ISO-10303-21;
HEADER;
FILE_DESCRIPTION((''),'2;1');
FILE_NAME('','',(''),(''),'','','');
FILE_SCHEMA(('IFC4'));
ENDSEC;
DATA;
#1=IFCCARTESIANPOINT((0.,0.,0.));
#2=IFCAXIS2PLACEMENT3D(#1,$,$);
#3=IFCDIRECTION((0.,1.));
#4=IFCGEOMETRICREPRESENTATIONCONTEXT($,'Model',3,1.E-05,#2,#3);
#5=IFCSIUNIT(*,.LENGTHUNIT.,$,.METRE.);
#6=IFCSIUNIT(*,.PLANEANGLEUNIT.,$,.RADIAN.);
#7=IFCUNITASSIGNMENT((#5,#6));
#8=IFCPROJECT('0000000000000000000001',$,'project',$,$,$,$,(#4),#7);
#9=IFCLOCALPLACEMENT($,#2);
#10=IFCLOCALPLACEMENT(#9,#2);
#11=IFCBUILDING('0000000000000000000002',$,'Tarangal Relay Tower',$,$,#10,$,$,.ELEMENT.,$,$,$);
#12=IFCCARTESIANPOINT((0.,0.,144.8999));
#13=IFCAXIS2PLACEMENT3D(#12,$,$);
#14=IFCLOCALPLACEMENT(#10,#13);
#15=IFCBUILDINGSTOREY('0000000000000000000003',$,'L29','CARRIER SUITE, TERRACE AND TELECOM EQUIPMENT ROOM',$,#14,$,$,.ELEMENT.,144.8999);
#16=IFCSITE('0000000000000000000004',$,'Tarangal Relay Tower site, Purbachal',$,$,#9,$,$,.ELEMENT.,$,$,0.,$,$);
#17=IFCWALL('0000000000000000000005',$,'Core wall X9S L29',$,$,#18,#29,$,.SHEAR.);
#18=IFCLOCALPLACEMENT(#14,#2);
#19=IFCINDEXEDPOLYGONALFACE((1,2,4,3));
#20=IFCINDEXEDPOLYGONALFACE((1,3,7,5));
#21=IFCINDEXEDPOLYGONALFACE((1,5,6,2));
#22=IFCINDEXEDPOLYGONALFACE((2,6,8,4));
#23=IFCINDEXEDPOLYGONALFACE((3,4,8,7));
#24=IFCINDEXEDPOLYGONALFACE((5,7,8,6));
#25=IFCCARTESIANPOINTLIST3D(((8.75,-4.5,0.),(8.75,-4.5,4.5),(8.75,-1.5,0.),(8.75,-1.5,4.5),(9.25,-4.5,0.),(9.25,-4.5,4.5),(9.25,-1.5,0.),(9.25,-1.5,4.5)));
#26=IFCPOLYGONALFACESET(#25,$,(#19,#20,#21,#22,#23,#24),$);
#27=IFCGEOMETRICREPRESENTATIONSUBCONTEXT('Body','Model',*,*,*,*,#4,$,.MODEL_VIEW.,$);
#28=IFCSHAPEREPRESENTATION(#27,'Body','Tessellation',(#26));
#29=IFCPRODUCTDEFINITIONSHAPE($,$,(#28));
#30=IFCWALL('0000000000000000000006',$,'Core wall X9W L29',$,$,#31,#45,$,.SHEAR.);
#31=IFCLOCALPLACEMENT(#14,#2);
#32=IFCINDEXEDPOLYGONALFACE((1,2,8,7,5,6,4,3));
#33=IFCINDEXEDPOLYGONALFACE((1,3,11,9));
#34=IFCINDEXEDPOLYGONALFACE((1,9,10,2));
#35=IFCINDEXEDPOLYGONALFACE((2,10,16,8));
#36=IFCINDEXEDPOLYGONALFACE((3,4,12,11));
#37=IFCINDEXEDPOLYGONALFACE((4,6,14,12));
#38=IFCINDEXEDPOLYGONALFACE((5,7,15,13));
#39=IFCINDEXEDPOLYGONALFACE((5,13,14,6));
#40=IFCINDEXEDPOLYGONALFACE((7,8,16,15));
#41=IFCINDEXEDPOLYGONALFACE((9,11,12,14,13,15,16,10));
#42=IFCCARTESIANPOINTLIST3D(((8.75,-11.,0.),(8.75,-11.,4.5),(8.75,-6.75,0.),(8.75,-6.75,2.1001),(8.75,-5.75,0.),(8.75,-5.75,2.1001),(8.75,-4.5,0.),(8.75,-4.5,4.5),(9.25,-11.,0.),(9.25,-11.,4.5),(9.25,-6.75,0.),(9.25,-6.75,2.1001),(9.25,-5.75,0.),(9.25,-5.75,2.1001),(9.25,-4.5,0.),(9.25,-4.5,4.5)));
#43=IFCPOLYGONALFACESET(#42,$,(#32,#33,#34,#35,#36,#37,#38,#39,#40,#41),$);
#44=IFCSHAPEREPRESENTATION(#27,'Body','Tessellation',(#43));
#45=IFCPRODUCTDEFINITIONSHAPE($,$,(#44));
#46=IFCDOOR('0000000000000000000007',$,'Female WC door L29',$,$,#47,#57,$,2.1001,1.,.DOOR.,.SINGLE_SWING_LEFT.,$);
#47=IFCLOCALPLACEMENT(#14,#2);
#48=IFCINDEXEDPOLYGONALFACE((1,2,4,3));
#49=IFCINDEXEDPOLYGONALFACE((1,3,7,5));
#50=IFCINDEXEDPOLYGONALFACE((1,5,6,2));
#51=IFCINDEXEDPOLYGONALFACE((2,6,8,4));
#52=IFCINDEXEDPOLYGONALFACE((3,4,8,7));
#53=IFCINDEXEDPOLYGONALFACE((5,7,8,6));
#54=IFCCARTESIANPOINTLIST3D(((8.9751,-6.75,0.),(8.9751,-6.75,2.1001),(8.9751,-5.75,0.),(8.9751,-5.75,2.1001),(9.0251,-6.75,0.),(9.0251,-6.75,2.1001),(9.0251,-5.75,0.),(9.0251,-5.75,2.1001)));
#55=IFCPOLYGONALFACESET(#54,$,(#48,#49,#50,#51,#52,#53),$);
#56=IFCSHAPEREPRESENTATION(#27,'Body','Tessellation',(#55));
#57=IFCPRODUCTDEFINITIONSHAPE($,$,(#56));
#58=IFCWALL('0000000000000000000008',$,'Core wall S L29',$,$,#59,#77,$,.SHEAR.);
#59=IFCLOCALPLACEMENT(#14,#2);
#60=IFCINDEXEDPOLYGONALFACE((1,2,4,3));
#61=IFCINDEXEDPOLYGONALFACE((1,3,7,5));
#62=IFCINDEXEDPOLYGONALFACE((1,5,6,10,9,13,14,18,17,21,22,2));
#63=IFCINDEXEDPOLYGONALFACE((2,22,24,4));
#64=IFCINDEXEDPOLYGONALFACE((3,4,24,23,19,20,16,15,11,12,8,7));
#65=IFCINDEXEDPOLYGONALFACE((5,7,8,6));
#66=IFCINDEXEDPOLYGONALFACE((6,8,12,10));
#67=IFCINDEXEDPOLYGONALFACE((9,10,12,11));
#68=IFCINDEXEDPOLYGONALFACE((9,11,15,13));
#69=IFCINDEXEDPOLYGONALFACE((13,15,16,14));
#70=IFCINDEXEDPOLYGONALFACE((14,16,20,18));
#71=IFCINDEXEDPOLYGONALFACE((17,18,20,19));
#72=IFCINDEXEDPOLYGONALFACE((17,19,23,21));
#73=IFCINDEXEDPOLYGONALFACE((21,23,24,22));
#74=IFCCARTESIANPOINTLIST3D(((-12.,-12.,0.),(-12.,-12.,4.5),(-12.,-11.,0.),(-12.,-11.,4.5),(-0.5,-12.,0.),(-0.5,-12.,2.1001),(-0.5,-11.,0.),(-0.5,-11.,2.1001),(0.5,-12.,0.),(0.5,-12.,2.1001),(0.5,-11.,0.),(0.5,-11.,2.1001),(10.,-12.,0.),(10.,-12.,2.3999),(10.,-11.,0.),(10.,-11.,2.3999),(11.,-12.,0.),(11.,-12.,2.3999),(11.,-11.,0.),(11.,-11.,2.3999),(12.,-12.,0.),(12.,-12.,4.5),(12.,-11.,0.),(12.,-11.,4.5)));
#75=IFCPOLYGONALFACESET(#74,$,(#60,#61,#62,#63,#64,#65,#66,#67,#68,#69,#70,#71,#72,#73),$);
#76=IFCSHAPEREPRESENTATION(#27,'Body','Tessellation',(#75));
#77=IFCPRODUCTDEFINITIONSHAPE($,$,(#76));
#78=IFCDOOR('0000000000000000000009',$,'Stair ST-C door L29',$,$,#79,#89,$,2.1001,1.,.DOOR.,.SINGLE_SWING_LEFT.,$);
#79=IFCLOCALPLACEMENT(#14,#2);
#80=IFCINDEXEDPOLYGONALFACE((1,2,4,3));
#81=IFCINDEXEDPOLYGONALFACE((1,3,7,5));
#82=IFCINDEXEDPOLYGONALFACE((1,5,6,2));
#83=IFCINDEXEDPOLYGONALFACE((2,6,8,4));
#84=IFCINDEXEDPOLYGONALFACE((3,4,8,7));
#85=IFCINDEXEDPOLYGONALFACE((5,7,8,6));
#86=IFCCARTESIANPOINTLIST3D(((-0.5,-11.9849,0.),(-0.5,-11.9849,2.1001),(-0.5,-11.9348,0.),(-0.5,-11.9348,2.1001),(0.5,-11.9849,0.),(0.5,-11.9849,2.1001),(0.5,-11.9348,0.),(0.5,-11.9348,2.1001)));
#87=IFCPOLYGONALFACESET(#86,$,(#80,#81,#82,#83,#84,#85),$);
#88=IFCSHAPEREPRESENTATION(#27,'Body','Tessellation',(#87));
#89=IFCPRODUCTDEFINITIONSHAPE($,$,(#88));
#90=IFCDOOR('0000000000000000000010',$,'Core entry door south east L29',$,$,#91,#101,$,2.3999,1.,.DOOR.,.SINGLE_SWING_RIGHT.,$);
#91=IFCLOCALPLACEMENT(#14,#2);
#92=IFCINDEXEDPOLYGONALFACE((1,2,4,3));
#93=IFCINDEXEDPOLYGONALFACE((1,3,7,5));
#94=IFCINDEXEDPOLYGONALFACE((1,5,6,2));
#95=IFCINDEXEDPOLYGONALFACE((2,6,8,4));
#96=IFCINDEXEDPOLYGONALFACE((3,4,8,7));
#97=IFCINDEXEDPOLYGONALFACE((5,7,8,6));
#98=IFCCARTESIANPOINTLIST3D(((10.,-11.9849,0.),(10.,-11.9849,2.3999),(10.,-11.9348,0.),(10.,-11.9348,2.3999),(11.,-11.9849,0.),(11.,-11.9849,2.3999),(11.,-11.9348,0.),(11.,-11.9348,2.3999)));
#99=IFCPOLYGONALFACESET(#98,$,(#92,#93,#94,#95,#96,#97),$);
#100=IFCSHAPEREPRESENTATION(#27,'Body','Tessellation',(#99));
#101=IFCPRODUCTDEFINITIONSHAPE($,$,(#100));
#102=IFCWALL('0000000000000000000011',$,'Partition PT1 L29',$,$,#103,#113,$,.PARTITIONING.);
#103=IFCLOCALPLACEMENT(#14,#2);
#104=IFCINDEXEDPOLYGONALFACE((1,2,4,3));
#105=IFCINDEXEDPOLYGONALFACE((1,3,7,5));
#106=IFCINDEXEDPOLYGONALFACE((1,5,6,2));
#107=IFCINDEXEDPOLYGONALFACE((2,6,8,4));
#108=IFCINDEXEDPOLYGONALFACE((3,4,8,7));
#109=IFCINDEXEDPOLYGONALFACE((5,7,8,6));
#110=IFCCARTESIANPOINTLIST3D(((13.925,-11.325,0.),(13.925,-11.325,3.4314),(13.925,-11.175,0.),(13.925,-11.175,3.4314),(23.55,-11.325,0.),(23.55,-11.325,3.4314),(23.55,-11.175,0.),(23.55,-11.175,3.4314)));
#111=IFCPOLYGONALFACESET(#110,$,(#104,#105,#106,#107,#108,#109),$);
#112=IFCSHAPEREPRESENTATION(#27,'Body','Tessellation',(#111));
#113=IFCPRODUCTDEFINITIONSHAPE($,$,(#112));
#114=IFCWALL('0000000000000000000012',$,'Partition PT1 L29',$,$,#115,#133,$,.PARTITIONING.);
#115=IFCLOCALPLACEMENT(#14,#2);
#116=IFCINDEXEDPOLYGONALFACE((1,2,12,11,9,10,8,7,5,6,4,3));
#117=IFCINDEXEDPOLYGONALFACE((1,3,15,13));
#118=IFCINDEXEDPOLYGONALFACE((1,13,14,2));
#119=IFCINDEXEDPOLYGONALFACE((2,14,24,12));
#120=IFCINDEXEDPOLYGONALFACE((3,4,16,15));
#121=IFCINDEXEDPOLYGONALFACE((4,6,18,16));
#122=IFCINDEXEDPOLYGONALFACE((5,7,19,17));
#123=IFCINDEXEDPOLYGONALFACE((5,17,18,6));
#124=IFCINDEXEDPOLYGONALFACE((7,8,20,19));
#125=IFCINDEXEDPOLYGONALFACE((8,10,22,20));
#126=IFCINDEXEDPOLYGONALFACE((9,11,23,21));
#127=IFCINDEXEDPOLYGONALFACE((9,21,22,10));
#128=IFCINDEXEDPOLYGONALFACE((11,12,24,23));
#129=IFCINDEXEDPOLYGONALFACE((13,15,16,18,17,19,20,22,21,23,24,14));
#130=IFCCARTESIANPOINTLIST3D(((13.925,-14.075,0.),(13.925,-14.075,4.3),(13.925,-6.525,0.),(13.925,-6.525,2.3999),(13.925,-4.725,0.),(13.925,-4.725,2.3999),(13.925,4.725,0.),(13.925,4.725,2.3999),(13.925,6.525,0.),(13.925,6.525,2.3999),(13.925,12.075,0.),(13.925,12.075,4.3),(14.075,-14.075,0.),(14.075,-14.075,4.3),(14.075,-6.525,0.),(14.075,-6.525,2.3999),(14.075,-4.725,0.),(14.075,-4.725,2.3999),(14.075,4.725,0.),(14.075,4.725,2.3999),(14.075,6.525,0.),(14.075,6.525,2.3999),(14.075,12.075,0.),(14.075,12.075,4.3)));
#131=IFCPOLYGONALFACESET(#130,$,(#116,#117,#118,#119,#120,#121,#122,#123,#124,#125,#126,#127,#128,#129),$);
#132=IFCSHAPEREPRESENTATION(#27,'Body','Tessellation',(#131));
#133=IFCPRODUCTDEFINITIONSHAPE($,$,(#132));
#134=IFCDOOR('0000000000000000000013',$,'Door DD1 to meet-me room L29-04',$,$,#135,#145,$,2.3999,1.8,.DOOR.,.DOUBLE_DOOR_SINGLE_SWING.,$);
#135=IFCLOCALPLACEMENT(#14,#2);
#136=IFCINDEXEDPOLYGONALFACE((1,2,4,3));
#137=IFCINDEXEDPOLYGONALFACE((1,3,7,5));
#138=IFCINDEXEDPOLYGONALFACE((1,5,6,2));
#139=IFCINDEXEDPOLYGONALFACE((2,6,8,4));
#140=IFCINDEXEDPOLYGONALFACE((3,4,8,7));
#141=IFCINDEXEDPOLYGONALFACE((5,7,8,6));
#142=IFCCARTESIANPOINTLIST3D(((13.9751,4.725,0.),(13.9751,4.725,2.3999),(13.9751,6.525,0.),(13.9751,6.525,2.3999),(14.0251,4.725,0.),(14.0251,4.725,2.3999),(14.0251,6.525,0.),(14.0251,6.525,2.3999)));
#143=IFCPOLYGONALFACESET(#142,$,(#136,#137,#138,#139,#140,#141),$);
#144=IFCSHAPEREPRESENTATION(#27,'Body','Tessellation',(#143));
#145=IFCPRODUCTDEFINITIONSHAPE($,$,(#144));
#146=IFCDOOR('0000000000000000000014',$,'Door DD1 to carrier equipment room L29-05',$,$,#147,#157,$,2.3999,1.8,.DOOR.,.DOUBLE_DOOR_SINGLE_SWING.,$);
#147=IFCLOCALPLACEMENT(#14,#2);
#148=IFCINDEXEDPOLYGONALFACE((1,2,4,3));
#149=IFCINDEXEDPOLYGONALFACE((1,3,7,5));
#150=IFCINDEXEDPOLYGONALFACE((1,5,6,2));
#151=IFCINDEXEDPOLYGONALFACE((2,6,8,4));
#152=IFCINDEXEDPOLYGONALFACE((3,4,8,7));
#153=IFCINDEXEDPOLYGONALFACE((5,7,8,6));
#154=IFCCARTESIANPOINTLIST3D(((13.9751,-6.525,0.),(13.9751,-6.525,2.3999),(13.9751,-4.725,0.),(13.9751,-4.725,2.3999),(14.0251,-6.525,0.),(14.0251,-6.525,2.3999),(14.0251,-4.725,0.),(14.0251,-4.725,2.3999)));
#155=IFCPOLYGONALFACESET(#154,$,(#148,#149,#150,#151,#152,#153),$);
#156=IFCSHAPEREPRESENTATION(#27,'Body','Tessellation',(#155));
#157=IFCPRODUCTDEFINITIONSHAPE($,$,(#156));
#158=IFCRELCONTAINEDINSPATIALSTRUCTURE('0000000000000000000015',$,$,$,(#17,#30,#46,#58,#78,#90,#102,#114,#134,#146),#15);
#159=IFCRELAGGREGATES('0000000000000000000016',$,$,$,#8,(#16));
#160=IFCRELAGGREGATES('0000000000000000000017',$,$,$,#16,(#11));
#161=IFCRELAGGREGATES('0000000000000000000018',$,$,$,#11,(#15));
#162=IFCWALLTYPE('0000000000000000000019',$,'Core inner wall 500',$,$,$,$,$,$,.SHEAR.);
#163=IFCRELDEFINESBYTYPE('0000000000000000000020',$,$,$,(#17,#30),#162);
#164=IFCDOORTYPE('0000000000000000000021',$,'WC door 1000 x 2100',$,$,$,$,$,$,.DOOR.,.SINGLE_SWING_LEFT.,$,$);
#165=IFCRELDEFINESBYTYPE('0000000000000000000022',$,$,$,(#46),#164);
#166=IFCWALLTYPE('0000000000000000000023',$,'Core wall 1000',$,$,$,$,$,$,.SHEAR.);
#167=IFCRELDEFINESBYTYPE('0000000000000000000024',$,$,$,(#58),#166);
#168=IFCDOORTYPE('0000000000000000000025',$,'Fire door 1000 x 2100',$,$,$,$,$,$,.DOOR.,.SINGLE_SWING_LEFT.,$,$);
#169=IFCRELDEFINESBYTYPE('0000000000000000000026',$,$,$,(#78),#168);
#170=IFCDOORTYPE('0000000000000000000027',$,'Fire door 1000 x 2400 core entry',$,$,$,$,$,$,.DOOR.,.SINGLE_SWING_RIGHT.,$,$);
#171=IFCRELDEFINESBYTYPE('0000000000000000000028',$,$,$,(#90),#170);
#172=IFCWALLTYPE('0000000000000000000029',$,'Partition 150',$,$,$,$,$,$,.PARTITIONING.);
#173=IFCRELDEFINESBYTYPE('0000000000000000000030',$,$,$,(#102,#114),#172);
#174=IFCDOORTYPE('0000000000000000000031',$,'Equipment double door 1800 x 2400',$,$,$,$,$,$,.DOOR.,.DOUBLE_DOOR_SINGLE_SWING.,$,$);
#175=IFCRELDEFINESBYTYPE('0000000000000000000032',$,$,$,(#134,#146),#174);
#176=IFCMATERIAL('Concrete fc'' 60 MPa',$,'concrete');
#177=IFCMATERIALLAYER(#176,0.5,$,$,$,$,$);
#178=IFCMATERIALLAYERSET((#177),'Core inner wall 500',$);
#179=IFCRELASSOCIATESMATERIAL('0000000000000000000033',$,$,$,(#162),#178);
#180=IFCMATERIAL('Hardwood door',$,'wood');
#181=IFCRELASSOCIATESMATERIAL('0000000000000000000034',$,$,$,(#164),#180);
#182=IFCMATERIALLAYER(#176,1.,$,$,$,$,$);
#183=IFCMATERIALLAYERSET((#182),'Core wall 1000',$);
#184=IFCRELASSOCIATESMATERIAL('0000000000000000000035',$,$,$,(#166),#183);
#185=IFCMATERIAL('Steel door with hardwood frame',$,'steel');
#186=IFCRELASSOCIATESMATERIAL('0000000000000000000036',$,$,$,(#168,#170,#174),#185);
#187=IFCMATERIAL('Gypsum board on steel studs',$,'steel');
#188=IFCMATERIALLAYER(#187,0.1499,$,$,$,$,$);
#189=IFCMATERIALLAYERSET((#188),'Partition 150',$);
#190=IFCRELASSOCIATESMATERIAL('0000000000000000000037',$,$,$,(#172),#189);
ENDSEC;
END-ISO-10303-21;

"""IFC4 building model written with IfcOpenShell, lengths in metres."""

from ifc_helpers import new_model, si_unit, direction, frame, frame_2d, origin, place, context, subcontext, project, spatial, rectangle, extrude, material, layer, layer_set, type_object, element, fill, save


model = new_model("IFC4")

# Units and contexts
model_context = context("Model", 3, precision=1e-05, world=origin(), true_north=direction((0.0, 1.0)))
body_context = subcontext(model_context, "Body", "Model", "MODEL_VIEW")
ifc_project = project(units=[si_unit("LENGTHUNIT", "METRE"), si_unit("PLANEANGLEUNIT", "RADIAN")], contexts=[model_context])

# Site, building, storey
site_placement = place(None, origin())
site = spatial("IfcSite", under=ifc_project, at=site_placement, Name="Tarangal Relay Tower site, Purbachal", CompositionType="ELEMENT", RefElevation=0.0)
building_placement = place(site_placement, origin())
building = spatial("IfcBuilding", under=site, at=building_placement, Name="Tarangal Relay Tower", CompositionType="ELEMENT")
storey_placement = place(building_placement, frame((0.0, 0.0, 144.8999)))
storey = spatial("IfcBuildingStorey", under=building, at=storey_placement, Name="L29", Description="CARRIER SUITE, TERRACE AND TELECOM EQUIPMENT ROOM", CompositionType="ELEMENT", Elevation=144.8999)

# Wall
ifc_material_1 = material(Name="Concrete fc' 60 MPa", Category="concrete")
ifc_layer_1 = layer(ifc_material_1, 0.5)
ifc_layer_set_1 = layer_set([ifc_layer_1], Name="Core inner wall 500")
wall_type_1 = type_object("IfcWallType", Name="Core inner wall 500", PredefinedType="SHEAR", material=ifc_layer_set_1)
wall_1_placement = place(storey_placement, frame((9.0, -4.5, 0.0), z_axis=(0.0, 0.0, 1.0), x_axis=(0.0, 1.0, 0.0)))
element("IfcWall", 1, at=wall_1_placement, inside=storey, type_object=wall_type_1, Name="Core wall X9S L29", PredefinedType="SHEAR", context=body_context, shape_type="SweptSolid", body=[
    extrude(rectangle(XDim=3.0, YDim=0.5, at=frame_2d((1.5, 0.0))), origin(), (0.0, 0.0, 1.0), 4.5),
])

# Wall, opening, door
wall_2_placement = place(storey_placement, frame((9.0, -11.0, 0.0), z_axis=(0.0, 0.0, 1.0), x_axis=(0.0, 1.0, 0.0)))
wall_2 = element("IfcWall", 2, at=wall_2_placement, inside=storey, type_object=wall_type_1, Name="Core wall X9W L29", PredefinedType="SHEAR", context=body_context, shape_type="SweptSolid", body=[
    extrude(rectangle(XDim=6.5, YDim=0.5, at=frame_2d((3.25, 0.0))), origin(), (0.0, 0.0, 1.0), 4.5),
])
opening_1_placement = place(wall_2_placement, frame((4.25, 0.0, 0.0)))
opening_1 = element("IfcOpeningElement", 3, at=opening_1_placement, cuts=wall_2, PredefinedType="OPENING", context=body_context, shape_type="SweptSolid", body=[
    extrude(rectangle(XDim=1.0, YDim=2.1001, at=frame_2d((0.5, 1.05))), frame((0.0, 0.26, 0.0), z_axis=(0.0, -1.0, 0.0), x_axis=(1.0, 0.0, 0.0)), (0.0, 0.0, 1.0), 0.52),
])
ifc_material_2 = material(Name="Hardwood door", Category="wood")
door_type_1 = type_object("IfcDoorType", Name="WC door 1000 x 2100", OperationType="SINGLE_SWING_LEFT", PredefinedType="DOOR", material=ifc_material_2)
door_1_placement = place(opening_1_placement, origin())
door_1 = element("IfcDoor", 4, at=door_1_placement, inside=storey, type_object=door_type_1, Name="Female WC door L29", OperationType="SINGLE_SWING_LEFT", OverallHeight=2.1001, OverallWidth=1.0, PredefinedType="DOOR", context=body_context, shape_type="SweptSolid", body=[
    extrude(rectangle(XDim=1.0, YDim=2.1001, at=frame_2d((0.5, 1.05))), frame((0.0, 0.0249, 0.0), z_axis=(0.0, -1.0, 0.0), x_axis=(1.0, 0.0, 0.0)), (0.0, 0.0, 1.0), 0.05),
])
fill(opening_1, door_1)

# Wall, openings, doors
ifc_layer_2 = layer(ifc_material_1, 1.0)
ifc_layer_set_2 = layer_set([ifc_layer_2], Name="Core wall 1000")
wall_type_2 = type_object("IfcWallType", Name="Core wall 1000", PredefinedType="SHEAR", material=ifc_layer_set_2)
wall_3_placement = place(storey_placement, frame((12.0, -11.5, 0.0), z_axis=(0.0, 0.0, 1.0), x_axis=(-1.0, 0.0, 0.0)))
wall_3 = element("IfcWall", 5, at=wall_3_placement, inside=storey, type_object=wall_type_2, Name="Core wall S L29", PredefinedType="SHEAR", context=body_context, shape_type="SweptSolid", body=[
    extrude(rectangle(XDim=24.0, YDim=1.0, at=frame_2d((12.0, 0.0))), origin(), (0.0, 0.0, 1.0), 4.5),
])
opening_2_placement = place(wall_3_placement, frame((11.5, 0.0, 0.0)))
opening_2 = element("IfcOpeningElement", 6, at=opening_2_placement, cuts=wall_3, PredefinedType="OPENING", context=body_context, shape_type="SweptSolid", body=[
    extrude(rectangle(XDim=1.0, YDim=2.1001, at=frame_2d((0.5, 1.05))), frame((0.0, 0.51, 0.0), z_axis=(0.0, -1.0, 0.0), x_axis=(1.0, 0.0, 0.0)), (0.0, 0.0, 1.0), 1.02),
])
opening_3_placement = place(wall_3_placement, frame((1.0, 0.0, 0.0)))
opening_3 = element("IfcOpeningElement", 7, at=opening_3_placement, cuts=wall_3, PredefinedType="OPENING", context=body_context, shape_type="SweptSolid", body=[
    extrude(rectangle(XDim=1.0, YDim=2.3999, at=frame_2d((0.5, 1.2))), frame((0.0, 0.51, 0.0), z_axis=(0.0, -1.0, 0.0), x_axis=(1.0, 0.0, 0.0)), (0.0, 0.0, 1.0), 1.02),
])
ifc_material_3 = material(Name="Steel door with hardwood frame", Category="steel")
door_type_2 = type_object("IfcDoorType", Name="Fire door 1000 x 2100", OperationType="SINGLE_SWING_LEFT", PredefinedType="DOOR", material=ifc_material_3)
door_2_placement = place(opening_2_placement, origin())
door_2 = element("IfcDoor", 8, at=door_2_placement, inside=storey, type_object=door_type_2, Name="Stair ST-C door L29", OperationType="SINGLE_SWING_LEFT", OverallHeight=2.1001, OverallWidth=1.0, PredefinedType="DOOR", context=body_context, shape_type="SweptSolid", body=[
    extrude(rectangle(XDim=1.0, YDim=2.1001, at=frame_2d((0.5, 1.05))), frame((0.0, 0.4849, 0.0), z_axis=(0.0, -1.0, 0.0), x_axis=(1.0, 0.0, 0.0)), (0.0, 0.0, 1.0), 0.05),
])
fill(opening_2, door_2)
door_type_3 = type_object("IfcDoorType", Name="Fire door 1000 x 2400 core entry", OperationType="SINGLE_SWING_RIGHT", PredefinedType="DOOR", material=ifc_material_3)
door_3_placement = place(opening_3_placement, origin())
door_3 = element("IfcDoor", 9, at=door_3_placement, inside=storey, type_object=door_type_3, Name="Core entry door south east L29", OperationType="SINGLE_SWING_RIGHT", OverallHeight=2.3999, OverallWidth=1.0, PredefinedType="DOOR", context=body_context, shape_type="SweptSolid", body=[
    extrude(rectangle(XDim=1.0, YDim=2.3999, at=frame_2d((0.5, 1.2))), frame((0.0, 0.4849, 0.0), z_axis=(0.0, -1.0, 0.0), x_axis=(1.0, 0.0, 0.0)), (0.0, 0.0, 1.0), 0.05),
])
fill(opening_3, door_3)

# Wall
ifc_material_4 = material(Name="Gypsum board on steel studs", Category="steel")
ifc_layer_3 = layer(ifc_material_4, 0.1499)
ifc_layer_set_3 = layer_set([ifc_layer_3], Name="Partition 150")
wall_type_3 = type_object("IfcWallType", Name="Partition 150", PredefinedType="PARTITIONING", material=ifc_layer_set_3)
wall_4_placement = place(storey_placement, frame((13.925, -11.25, 0.0), z_axis=(0.0, 0.0, 1.0), x_axis=(1.0, 0.0, 0.0)))
element("IfcWall", 10, at=wall_4_placement, inside=storey, type_object=wall_type_3, Name="Partition PT1 L29", PredefinedType="PARTITIONING", context=body_context, shape_type="SweptSolid", body=[
    extrude(rectangle(XDim=9.625, YDim=0.1499, at=frame_2d((4.8125, 0.0))), origin(), (0.0, 0.0, 1.0), 3.4314),
])

# Wall, openings, doors
wall_5_placement = place(storey_placement, frame((14.0, -14.075, 0.0), z_axis=(0.0, 0.0, 1.0), x_axis=(0.0, 1.0, 0.0)))
wall_5 = element("IfcWall", 11, at=wall_5_placement, inside=storey, type_object=wall_type_3, Name="Partition PT1 L29", PredefinedType="PARTITIONING", context=body_context, shape_type="SweptSolid", body=[
    extrude(rectangle(XDim=26.1499, YDim=0.1499, at=frame_2d((13.075, 0.0))), origin(), (0.0, 0.0, 1.0), 4.3),
])
opening_4_placement = place(wall_5_placement, frame((18.8, 0.0, 0.0)))
opening_4 = element("IfcOpeningElement", 12, at=opening_4_placement, cuts=wall_5, PredefinedType="OPENING", context=body_context, shape_type="SweptSolid", body=[
    extrude(rectangle(XDim=1.8, YDim=2.3999, at=frame_2d((0.8999, 1.2))), frame((0.0, 0.085, 0.0), z_axis=(0.0, -1.0, 0.0), x_axis=(1.0, 0.0, 0.0)), (0.0, 0.0, 1.0), 0.1699),
])
opening_5_placement = place(wall_5_placement, frame((7.55, 0.0, 0.0)))
opening_5 = element("IfcOpeningElement", 13, at=opening_5_placement, cuts=wall_5, PredefinedType="OPENING", context=body_context, shape_type="SweptSolid", body=[
    extrude(rectangle(XDim=1.8, YDim=2.3999, at=frame_2d((0.8999, 1.2))), frame((0.0, 0.085, 0.0), z_axis=(0.0, -1.0, 0.0), x_axis=(1.0, 0.0, 0.0)), (0.0, 0.0, 1.0), 0.1699),
])
door_type_4 = type_object("IfcDoorType", Name="Equipment double door 1800 x 2400", OperationType="DOUBLE_DOOR_SINGLE_SWING", PredefinedType="DOOR", material=ifc_material_3)
door_4_placement = place(opening_4_placement, origin())
door_4 = element("IfcDoor", 14, at=door_4_placement, inside=storey, type_object=door_type_4, Name="Door DD1 to meet-me room L29-04", OperationType="DOUBLE_DOOR_SINGLE_SWING", OverallHeight=2.3999, OverallWidth=1.8, PredefinedType="DOOR", context=body_context, shape_type="SweptSolid", body=[
    extrude(rectangle(XDim=1.8, YDim=2.3999, at=frame_2d((0.8999, 1.2))), frame((0.0, 0.0249, 0.0), z_axis=(0.0, -1.0, 0.0), x_axis=(1.0, 0.0, 0.0)), (0.0, 0.0, 1.0), 0.05),
])
fill(opening_4, door_4)
door_5_placement = place(opening_5_placement, origin())
door_5 = element("IfcDoor", 15, at=door_5_placement, inside=storey, type_object=door_type_4, Name="Door DD1 to carrier equipment room L29-05", OperationType="DOUBLE_DOOR_SINGLE_SWING", OverallHeight=2.3999, OverallWidth=1.8, PredefinedType="DOOR", context=body_context, shape_type="SweptSolid", body=[
    extrude(rectangle(XDim=1.8, YDim=2.3999, at=frame_2d((0.8999, 1.2))), frame((0.0, 0.0249, 0.0), z_axis=(0.0, -1.0, 0.0), x_axis=(1.0, 0.0, 0.0)), (0.0, 0.0, 1.0), 0.05),
])
fill(opening_5, door_5)

save(model, "model.ifc")
